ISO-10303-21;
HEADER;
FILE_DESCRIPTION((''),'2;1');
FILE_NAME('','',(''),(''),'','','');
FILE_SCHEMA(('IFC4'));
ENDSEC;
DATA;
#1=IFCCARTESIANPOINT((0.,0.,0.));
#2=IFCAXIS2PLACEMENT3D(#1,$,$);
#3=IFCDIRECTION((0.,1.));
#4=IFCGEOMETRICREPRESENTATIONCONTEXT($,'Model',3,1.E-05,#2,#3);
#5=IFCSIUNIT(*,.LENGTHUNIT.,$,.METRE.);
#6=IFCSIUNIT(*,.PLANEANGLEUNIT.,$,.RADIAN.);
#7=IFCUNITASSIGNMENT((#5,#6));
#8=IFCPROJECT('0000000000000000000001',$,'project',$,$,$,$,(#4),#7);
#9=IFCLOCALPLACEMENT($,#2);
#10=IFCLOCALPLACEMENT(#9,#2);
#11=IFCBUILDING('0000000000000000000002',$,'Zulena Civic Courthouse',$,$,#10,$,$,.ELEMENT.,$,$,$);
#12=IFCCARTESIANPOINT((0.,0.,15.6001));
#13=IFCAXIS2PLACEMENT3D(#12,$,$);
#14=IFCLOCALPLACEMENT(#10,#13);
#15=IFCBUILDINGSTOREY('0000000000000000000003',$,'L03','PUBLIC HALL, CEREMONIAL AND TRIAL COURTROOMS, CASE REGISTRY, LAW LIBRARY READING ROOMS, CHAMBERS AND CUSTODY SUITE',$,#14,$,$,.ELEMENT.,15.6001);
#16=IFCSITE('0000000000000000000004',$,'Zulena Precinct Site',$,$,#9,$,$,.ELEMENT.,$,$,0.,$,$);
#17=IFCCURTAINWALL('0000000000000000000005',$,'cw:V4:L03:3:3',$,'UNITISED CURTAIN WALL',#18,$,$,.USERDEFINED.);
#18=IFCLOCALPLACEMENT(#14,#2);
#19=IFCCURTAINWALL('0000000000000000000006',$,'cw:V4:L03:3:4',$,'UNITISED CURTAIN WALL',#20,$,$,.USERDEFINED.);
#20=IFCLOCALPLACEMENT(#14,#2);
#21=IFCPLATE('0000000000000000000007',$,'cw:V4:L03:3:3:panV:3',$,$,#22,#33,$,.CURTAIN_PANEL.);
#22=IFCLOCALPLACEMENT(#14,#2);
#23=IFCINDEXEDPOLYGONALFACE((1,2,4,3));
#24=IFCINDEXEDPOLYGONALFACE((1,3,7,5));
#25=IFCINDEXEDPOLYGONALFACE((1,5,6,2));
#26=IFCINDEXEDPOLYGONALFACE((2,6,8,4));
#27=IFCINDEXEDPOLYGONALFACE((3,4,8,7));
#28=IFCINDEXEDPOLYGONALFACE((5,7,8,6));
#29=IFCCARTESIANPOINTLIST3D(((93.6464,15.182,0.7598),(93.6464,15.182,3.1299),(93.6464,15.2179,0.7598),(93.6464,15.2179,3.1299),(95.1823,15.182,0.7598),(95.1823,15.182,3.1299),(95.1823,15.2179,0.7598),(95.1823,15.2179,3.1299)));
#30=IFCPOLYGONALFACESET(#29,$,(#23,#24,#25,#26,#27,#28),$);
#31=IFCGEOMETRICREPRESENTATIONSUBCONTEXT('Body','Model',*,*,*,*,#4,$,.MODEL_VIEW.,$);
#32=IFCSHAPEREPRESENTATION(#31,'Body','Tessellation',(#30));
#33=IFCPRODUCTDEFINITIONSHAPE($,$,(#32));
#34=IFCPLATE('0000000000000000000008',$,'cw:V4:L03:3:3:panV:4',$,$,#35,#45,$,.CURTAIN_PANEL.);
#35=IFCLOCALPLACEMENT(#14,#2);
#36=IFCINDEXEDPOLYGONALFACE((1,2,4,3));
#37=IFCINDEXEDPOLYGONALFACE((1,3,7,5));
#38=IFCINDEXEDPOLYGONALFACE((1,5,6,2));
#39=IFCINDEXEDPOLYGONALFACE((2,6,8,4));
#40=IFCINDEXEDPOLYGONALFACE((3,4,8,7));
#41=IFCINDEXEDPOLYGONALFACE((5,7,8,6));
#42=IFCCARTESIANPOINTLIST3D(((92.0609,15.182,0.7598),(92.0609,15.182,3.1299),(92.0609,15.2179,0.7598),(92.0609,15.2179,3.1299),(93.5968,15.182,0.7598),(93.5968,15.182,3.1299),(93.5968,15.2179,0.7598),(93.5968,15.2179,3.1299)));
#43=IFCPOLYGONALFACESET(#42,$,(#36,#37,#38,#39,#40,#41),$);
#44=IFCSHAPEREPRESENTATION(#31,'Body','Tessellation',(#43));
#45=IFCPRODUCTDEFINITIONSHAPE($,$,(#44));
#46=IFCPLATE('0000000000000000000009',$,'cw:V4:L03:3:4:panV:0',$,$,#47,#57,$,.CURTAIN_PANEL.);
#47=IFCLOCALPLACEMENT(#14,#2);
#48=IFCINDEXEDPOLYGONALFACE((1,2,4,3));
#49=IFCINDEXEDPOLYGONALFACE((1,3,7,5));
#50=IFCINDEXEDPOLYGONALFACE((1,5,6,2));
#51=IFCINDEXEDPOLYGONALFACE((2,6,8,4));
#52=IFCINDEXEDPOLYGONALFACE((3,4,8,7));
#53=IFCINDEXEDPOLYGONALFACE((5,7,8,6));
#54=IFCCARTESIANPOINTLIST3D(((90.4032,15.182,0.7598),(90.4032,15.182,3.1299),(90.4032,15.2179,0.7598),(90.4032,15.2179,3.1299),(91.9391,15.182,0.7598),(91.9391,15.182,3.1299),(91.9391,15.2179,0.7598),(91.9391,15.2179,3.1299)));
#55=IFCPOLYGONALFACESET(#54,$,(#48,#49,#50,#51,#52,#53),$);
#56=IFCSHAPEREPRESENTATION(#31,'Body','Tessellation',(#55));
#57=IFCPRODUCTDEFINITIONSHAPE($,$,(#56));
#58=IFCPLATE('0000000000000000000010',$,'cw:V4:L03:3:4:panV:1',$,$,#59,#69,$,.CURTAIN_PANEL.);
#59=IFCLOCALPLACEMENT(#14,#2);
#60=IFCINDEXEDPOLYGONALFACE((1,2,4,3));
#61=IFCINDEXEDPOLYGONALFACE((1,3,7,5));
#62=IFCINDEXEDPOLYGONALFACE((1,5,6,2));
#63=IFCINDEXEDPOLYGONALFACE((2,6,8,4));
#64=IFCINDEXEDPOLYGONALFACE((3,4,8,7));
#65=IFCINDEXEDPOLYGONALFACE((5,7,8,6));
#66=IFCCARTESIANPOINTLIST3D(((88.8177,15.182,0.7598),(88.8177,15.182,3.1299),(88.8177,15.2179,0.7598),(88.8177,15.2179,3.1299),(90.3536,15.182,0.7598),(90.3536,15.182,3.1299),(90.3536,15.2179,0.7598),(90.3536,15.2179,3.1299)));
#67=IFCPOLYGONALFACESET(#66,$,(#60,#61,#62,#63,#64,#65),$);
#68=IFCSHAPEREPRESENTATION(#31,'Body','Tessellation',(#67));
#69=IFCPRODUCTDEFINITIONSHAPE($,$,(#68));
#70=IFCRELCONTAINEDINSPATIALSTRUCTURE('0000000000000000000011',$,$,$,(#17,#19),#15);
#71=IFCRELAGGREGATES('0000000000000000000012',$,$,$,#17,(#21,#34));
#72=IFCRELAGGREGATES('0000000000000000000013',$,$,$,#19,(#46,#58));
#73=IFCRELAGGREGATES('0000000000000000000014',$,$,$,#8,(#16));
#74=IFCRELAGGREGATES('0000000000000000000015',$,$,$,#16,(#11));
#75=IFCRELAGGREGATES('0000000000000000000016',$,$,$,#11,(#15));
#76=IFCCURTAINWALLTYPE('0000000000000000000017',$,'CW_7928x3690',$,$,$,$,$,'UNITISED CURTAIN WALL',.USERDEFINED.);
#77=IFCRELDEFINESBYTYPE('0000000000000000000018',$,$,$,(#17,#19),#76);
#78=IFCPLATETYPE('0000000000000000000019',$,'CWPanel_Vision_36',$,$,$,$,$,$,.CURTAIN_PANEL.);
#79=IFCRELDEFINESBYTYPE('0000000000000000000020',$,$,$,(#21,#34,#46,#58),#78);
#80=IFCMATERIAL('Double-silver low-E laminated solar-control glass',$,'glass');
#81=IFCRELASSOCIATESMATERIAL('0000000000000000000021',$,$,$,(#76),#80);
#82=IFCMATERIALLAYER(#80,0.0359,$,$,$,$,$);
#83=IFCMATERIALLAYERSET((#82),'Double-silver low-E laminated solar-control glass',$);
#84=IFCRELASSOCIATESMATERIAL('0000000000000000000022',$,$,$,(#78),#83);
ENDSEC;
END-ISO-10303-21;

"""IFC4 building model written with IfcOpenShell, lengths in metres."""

from ifc_helpers import new_model, si_unit, direction, frame, origin, origin_2d, place, context, subcontext, project, spatial, rectangle, extrude, material, layer, layer_set, type_object, element, aggregate, save


model = new_model("IFC4")

# Units and contexts
model_context = context("Model", 3, precision=1e-05, world=origin(), true_north=direction((0.0, 1.0)))
body_context = subcontext(model_context, "Body", "Model", "MODEL_VIEW")
ifc_project = project(units=[si_unit("LENGTHUNIT", "METRE"), si_unit("PLANEANGLEUNIT", "RADIAN")], contexts=[model_context])

# Site, building, storey
site_placement = place(None, origin())
site = spatial("IfcSite", under=ifc_project, at=site_placement, Name="Zulena Precinct Site", CompositionType="ELEMENT", RefElevation=0.0)
building_placement = place(site_placement, origin())
building = spatial("IfcBuilding", under=site, at=building_placement, Name="Zulena Civic Courthouse", CompositionType="ELEMENT")
storey_placement = place(building_placement, frame((0.0, 0.0, 15.6001)))
storey = spatial("IfcBuildingStorey", under=building, at=storey_placement, Name="L03", Description="PUBLIC HALL, CEREMONIAL AND TRIAL COURTROOMS, CASE REGISTRY, LAW LIBRARY READING ROOMS, CHAMBERS AND CUSTODY SUITE", CompositionType="ELEMENT", Elevation=15.6001)

# Curtain walls
ifc_material_1 = material(Name="Double-silver low-E laminated solar-control glass", Category="glass")
curtain_wall_type = type_object("IfcCurtainWallType", Name="CW_7928x3690", ElementType="UNITISED CURTAIN WALL", PredefinedType="USERDEFINED", material=ifc_material_1)
curtain_wall_1_placement = place(storey_placement, origin())
curtain_wall_1 = element("IfcCurtainWall", 1, at=curtain_wall_1_placement, inside=storey, type_object=curtain_wall_type, Name="cw:V4:L03:3:3", ObjectType="UNITISED CURTAIN WALL", PredefinedType="USERDEFINED")
curtain_wall_2_placement = place(storey_placement, origin())
curtain_wall_2 = element("IfcCurtainWall", 2, at=curtain_wall_2_placement, inside=storey, type_object=curtain_wall_type, Name="cw:V4:L03:3:4", ObjectType="UNITISED CURTAIN WALL", PredefinedType="USERDEFINED")

# Plates
ifc_layer_1 = layer(ifc_material_1, 0.0359)
ifc_layer_set_1 = layer_set([ifc_layer_1], Name="Double-silver low-E laminated solar-control glass")
plate_type_1 = type_object("IfcPlateType", Name="CWPanel_Vision_36", PredefinedType="CURTAIN_PANEL", material=ifc_layer_set_1)
plate_1_placement = place(storey_placement, frame((94.4143, 15.2, 0.7598), z_axis=(0.0, 0.0, 1.0), x_axis=(-1.0, 0.0, 0.0)))
plate_1 = element("IfcPlate", 3, at=plate_1_placement, type_object=plate_type_1, Name="cw:V4:L03:3:3:panV:3", PredefinedType="CURTAIN_PANEL", context=body_context, shape_type="SweptSolid", body=[
    extrude(rectangle(XDim=1.5359, YDim=0.0359, at=origin_2d()), origin(), (0.0, 0.0, 1.0), 2.3701),
])
plate_2_placement = place(storey_placement, frame((92.8289, 15.2, 0.7598), z_axis=(0.0, 0.0, 1.0), x_axis=(-1.0, 0.0, 0.0)))
plate_2 = element("IfcPlate", 4, at=plate_2_placement, type_object=plate_type_1, Name="cw:V4:L03:3:3:panV:4", PredefinedType="CURTAIN_PANEL", context=body_context, shape_type="SweptSolid", body=[
    extrude(rectangle(XDim=1.5359, YDim=0.0359, at=origin_2d()), origin(), (0.0, 0.0, 1.0), 2.3701),
])
aggregate(curtain_wall_1, [plate_1, plate_2])
plate_3_placement = place(storey_placement, frame((91.1711, 15.2, 0.7598), z_axis=(0.0, 0.0, 1.0), x_axis=(-1.0, 0.0, 0.0)))
plate_3 = element("IfcPlate", 5, at=plate_3_placement, type_object=plate_type_1, Name="cw:V4:L03:3:4:panV:0", PredefinedType="CURTAIN_PANEL", context=body_context, shape_type="SweptSolid", body=[
    extrude(rectangle(XDim=1.5359, YDim=0.0359, at=origin_2d()), origin(), (0.0, 0.0, 1.0), 2.3701),
])
plate_4_placement = place(storey_placement, frame((89.5857, 15.2, 0.7598), z_axis=(0.0, 0.0, 1.0), x_axis=(-1.0, 0.0, 0.0)))
plate_4 = element("IfcPlate", 6, at=plate_4_placement, type_object=plate_type_1, Name="cw:V4:L03:3:4:panV:1", PredefinedType="CURTAIN_PANEL", context=body_context, shape_type="SweptSolid", body=[
    extrude(rectangle(XDim=1.5359, YDim=0.0359, at=origin_2d()), origin(), (0.0, 0.0, 1.0), 2.3701),
])
aggregate(curtain_wall_2, [plate_3, plate_4])

save(model, "model.ifc")
